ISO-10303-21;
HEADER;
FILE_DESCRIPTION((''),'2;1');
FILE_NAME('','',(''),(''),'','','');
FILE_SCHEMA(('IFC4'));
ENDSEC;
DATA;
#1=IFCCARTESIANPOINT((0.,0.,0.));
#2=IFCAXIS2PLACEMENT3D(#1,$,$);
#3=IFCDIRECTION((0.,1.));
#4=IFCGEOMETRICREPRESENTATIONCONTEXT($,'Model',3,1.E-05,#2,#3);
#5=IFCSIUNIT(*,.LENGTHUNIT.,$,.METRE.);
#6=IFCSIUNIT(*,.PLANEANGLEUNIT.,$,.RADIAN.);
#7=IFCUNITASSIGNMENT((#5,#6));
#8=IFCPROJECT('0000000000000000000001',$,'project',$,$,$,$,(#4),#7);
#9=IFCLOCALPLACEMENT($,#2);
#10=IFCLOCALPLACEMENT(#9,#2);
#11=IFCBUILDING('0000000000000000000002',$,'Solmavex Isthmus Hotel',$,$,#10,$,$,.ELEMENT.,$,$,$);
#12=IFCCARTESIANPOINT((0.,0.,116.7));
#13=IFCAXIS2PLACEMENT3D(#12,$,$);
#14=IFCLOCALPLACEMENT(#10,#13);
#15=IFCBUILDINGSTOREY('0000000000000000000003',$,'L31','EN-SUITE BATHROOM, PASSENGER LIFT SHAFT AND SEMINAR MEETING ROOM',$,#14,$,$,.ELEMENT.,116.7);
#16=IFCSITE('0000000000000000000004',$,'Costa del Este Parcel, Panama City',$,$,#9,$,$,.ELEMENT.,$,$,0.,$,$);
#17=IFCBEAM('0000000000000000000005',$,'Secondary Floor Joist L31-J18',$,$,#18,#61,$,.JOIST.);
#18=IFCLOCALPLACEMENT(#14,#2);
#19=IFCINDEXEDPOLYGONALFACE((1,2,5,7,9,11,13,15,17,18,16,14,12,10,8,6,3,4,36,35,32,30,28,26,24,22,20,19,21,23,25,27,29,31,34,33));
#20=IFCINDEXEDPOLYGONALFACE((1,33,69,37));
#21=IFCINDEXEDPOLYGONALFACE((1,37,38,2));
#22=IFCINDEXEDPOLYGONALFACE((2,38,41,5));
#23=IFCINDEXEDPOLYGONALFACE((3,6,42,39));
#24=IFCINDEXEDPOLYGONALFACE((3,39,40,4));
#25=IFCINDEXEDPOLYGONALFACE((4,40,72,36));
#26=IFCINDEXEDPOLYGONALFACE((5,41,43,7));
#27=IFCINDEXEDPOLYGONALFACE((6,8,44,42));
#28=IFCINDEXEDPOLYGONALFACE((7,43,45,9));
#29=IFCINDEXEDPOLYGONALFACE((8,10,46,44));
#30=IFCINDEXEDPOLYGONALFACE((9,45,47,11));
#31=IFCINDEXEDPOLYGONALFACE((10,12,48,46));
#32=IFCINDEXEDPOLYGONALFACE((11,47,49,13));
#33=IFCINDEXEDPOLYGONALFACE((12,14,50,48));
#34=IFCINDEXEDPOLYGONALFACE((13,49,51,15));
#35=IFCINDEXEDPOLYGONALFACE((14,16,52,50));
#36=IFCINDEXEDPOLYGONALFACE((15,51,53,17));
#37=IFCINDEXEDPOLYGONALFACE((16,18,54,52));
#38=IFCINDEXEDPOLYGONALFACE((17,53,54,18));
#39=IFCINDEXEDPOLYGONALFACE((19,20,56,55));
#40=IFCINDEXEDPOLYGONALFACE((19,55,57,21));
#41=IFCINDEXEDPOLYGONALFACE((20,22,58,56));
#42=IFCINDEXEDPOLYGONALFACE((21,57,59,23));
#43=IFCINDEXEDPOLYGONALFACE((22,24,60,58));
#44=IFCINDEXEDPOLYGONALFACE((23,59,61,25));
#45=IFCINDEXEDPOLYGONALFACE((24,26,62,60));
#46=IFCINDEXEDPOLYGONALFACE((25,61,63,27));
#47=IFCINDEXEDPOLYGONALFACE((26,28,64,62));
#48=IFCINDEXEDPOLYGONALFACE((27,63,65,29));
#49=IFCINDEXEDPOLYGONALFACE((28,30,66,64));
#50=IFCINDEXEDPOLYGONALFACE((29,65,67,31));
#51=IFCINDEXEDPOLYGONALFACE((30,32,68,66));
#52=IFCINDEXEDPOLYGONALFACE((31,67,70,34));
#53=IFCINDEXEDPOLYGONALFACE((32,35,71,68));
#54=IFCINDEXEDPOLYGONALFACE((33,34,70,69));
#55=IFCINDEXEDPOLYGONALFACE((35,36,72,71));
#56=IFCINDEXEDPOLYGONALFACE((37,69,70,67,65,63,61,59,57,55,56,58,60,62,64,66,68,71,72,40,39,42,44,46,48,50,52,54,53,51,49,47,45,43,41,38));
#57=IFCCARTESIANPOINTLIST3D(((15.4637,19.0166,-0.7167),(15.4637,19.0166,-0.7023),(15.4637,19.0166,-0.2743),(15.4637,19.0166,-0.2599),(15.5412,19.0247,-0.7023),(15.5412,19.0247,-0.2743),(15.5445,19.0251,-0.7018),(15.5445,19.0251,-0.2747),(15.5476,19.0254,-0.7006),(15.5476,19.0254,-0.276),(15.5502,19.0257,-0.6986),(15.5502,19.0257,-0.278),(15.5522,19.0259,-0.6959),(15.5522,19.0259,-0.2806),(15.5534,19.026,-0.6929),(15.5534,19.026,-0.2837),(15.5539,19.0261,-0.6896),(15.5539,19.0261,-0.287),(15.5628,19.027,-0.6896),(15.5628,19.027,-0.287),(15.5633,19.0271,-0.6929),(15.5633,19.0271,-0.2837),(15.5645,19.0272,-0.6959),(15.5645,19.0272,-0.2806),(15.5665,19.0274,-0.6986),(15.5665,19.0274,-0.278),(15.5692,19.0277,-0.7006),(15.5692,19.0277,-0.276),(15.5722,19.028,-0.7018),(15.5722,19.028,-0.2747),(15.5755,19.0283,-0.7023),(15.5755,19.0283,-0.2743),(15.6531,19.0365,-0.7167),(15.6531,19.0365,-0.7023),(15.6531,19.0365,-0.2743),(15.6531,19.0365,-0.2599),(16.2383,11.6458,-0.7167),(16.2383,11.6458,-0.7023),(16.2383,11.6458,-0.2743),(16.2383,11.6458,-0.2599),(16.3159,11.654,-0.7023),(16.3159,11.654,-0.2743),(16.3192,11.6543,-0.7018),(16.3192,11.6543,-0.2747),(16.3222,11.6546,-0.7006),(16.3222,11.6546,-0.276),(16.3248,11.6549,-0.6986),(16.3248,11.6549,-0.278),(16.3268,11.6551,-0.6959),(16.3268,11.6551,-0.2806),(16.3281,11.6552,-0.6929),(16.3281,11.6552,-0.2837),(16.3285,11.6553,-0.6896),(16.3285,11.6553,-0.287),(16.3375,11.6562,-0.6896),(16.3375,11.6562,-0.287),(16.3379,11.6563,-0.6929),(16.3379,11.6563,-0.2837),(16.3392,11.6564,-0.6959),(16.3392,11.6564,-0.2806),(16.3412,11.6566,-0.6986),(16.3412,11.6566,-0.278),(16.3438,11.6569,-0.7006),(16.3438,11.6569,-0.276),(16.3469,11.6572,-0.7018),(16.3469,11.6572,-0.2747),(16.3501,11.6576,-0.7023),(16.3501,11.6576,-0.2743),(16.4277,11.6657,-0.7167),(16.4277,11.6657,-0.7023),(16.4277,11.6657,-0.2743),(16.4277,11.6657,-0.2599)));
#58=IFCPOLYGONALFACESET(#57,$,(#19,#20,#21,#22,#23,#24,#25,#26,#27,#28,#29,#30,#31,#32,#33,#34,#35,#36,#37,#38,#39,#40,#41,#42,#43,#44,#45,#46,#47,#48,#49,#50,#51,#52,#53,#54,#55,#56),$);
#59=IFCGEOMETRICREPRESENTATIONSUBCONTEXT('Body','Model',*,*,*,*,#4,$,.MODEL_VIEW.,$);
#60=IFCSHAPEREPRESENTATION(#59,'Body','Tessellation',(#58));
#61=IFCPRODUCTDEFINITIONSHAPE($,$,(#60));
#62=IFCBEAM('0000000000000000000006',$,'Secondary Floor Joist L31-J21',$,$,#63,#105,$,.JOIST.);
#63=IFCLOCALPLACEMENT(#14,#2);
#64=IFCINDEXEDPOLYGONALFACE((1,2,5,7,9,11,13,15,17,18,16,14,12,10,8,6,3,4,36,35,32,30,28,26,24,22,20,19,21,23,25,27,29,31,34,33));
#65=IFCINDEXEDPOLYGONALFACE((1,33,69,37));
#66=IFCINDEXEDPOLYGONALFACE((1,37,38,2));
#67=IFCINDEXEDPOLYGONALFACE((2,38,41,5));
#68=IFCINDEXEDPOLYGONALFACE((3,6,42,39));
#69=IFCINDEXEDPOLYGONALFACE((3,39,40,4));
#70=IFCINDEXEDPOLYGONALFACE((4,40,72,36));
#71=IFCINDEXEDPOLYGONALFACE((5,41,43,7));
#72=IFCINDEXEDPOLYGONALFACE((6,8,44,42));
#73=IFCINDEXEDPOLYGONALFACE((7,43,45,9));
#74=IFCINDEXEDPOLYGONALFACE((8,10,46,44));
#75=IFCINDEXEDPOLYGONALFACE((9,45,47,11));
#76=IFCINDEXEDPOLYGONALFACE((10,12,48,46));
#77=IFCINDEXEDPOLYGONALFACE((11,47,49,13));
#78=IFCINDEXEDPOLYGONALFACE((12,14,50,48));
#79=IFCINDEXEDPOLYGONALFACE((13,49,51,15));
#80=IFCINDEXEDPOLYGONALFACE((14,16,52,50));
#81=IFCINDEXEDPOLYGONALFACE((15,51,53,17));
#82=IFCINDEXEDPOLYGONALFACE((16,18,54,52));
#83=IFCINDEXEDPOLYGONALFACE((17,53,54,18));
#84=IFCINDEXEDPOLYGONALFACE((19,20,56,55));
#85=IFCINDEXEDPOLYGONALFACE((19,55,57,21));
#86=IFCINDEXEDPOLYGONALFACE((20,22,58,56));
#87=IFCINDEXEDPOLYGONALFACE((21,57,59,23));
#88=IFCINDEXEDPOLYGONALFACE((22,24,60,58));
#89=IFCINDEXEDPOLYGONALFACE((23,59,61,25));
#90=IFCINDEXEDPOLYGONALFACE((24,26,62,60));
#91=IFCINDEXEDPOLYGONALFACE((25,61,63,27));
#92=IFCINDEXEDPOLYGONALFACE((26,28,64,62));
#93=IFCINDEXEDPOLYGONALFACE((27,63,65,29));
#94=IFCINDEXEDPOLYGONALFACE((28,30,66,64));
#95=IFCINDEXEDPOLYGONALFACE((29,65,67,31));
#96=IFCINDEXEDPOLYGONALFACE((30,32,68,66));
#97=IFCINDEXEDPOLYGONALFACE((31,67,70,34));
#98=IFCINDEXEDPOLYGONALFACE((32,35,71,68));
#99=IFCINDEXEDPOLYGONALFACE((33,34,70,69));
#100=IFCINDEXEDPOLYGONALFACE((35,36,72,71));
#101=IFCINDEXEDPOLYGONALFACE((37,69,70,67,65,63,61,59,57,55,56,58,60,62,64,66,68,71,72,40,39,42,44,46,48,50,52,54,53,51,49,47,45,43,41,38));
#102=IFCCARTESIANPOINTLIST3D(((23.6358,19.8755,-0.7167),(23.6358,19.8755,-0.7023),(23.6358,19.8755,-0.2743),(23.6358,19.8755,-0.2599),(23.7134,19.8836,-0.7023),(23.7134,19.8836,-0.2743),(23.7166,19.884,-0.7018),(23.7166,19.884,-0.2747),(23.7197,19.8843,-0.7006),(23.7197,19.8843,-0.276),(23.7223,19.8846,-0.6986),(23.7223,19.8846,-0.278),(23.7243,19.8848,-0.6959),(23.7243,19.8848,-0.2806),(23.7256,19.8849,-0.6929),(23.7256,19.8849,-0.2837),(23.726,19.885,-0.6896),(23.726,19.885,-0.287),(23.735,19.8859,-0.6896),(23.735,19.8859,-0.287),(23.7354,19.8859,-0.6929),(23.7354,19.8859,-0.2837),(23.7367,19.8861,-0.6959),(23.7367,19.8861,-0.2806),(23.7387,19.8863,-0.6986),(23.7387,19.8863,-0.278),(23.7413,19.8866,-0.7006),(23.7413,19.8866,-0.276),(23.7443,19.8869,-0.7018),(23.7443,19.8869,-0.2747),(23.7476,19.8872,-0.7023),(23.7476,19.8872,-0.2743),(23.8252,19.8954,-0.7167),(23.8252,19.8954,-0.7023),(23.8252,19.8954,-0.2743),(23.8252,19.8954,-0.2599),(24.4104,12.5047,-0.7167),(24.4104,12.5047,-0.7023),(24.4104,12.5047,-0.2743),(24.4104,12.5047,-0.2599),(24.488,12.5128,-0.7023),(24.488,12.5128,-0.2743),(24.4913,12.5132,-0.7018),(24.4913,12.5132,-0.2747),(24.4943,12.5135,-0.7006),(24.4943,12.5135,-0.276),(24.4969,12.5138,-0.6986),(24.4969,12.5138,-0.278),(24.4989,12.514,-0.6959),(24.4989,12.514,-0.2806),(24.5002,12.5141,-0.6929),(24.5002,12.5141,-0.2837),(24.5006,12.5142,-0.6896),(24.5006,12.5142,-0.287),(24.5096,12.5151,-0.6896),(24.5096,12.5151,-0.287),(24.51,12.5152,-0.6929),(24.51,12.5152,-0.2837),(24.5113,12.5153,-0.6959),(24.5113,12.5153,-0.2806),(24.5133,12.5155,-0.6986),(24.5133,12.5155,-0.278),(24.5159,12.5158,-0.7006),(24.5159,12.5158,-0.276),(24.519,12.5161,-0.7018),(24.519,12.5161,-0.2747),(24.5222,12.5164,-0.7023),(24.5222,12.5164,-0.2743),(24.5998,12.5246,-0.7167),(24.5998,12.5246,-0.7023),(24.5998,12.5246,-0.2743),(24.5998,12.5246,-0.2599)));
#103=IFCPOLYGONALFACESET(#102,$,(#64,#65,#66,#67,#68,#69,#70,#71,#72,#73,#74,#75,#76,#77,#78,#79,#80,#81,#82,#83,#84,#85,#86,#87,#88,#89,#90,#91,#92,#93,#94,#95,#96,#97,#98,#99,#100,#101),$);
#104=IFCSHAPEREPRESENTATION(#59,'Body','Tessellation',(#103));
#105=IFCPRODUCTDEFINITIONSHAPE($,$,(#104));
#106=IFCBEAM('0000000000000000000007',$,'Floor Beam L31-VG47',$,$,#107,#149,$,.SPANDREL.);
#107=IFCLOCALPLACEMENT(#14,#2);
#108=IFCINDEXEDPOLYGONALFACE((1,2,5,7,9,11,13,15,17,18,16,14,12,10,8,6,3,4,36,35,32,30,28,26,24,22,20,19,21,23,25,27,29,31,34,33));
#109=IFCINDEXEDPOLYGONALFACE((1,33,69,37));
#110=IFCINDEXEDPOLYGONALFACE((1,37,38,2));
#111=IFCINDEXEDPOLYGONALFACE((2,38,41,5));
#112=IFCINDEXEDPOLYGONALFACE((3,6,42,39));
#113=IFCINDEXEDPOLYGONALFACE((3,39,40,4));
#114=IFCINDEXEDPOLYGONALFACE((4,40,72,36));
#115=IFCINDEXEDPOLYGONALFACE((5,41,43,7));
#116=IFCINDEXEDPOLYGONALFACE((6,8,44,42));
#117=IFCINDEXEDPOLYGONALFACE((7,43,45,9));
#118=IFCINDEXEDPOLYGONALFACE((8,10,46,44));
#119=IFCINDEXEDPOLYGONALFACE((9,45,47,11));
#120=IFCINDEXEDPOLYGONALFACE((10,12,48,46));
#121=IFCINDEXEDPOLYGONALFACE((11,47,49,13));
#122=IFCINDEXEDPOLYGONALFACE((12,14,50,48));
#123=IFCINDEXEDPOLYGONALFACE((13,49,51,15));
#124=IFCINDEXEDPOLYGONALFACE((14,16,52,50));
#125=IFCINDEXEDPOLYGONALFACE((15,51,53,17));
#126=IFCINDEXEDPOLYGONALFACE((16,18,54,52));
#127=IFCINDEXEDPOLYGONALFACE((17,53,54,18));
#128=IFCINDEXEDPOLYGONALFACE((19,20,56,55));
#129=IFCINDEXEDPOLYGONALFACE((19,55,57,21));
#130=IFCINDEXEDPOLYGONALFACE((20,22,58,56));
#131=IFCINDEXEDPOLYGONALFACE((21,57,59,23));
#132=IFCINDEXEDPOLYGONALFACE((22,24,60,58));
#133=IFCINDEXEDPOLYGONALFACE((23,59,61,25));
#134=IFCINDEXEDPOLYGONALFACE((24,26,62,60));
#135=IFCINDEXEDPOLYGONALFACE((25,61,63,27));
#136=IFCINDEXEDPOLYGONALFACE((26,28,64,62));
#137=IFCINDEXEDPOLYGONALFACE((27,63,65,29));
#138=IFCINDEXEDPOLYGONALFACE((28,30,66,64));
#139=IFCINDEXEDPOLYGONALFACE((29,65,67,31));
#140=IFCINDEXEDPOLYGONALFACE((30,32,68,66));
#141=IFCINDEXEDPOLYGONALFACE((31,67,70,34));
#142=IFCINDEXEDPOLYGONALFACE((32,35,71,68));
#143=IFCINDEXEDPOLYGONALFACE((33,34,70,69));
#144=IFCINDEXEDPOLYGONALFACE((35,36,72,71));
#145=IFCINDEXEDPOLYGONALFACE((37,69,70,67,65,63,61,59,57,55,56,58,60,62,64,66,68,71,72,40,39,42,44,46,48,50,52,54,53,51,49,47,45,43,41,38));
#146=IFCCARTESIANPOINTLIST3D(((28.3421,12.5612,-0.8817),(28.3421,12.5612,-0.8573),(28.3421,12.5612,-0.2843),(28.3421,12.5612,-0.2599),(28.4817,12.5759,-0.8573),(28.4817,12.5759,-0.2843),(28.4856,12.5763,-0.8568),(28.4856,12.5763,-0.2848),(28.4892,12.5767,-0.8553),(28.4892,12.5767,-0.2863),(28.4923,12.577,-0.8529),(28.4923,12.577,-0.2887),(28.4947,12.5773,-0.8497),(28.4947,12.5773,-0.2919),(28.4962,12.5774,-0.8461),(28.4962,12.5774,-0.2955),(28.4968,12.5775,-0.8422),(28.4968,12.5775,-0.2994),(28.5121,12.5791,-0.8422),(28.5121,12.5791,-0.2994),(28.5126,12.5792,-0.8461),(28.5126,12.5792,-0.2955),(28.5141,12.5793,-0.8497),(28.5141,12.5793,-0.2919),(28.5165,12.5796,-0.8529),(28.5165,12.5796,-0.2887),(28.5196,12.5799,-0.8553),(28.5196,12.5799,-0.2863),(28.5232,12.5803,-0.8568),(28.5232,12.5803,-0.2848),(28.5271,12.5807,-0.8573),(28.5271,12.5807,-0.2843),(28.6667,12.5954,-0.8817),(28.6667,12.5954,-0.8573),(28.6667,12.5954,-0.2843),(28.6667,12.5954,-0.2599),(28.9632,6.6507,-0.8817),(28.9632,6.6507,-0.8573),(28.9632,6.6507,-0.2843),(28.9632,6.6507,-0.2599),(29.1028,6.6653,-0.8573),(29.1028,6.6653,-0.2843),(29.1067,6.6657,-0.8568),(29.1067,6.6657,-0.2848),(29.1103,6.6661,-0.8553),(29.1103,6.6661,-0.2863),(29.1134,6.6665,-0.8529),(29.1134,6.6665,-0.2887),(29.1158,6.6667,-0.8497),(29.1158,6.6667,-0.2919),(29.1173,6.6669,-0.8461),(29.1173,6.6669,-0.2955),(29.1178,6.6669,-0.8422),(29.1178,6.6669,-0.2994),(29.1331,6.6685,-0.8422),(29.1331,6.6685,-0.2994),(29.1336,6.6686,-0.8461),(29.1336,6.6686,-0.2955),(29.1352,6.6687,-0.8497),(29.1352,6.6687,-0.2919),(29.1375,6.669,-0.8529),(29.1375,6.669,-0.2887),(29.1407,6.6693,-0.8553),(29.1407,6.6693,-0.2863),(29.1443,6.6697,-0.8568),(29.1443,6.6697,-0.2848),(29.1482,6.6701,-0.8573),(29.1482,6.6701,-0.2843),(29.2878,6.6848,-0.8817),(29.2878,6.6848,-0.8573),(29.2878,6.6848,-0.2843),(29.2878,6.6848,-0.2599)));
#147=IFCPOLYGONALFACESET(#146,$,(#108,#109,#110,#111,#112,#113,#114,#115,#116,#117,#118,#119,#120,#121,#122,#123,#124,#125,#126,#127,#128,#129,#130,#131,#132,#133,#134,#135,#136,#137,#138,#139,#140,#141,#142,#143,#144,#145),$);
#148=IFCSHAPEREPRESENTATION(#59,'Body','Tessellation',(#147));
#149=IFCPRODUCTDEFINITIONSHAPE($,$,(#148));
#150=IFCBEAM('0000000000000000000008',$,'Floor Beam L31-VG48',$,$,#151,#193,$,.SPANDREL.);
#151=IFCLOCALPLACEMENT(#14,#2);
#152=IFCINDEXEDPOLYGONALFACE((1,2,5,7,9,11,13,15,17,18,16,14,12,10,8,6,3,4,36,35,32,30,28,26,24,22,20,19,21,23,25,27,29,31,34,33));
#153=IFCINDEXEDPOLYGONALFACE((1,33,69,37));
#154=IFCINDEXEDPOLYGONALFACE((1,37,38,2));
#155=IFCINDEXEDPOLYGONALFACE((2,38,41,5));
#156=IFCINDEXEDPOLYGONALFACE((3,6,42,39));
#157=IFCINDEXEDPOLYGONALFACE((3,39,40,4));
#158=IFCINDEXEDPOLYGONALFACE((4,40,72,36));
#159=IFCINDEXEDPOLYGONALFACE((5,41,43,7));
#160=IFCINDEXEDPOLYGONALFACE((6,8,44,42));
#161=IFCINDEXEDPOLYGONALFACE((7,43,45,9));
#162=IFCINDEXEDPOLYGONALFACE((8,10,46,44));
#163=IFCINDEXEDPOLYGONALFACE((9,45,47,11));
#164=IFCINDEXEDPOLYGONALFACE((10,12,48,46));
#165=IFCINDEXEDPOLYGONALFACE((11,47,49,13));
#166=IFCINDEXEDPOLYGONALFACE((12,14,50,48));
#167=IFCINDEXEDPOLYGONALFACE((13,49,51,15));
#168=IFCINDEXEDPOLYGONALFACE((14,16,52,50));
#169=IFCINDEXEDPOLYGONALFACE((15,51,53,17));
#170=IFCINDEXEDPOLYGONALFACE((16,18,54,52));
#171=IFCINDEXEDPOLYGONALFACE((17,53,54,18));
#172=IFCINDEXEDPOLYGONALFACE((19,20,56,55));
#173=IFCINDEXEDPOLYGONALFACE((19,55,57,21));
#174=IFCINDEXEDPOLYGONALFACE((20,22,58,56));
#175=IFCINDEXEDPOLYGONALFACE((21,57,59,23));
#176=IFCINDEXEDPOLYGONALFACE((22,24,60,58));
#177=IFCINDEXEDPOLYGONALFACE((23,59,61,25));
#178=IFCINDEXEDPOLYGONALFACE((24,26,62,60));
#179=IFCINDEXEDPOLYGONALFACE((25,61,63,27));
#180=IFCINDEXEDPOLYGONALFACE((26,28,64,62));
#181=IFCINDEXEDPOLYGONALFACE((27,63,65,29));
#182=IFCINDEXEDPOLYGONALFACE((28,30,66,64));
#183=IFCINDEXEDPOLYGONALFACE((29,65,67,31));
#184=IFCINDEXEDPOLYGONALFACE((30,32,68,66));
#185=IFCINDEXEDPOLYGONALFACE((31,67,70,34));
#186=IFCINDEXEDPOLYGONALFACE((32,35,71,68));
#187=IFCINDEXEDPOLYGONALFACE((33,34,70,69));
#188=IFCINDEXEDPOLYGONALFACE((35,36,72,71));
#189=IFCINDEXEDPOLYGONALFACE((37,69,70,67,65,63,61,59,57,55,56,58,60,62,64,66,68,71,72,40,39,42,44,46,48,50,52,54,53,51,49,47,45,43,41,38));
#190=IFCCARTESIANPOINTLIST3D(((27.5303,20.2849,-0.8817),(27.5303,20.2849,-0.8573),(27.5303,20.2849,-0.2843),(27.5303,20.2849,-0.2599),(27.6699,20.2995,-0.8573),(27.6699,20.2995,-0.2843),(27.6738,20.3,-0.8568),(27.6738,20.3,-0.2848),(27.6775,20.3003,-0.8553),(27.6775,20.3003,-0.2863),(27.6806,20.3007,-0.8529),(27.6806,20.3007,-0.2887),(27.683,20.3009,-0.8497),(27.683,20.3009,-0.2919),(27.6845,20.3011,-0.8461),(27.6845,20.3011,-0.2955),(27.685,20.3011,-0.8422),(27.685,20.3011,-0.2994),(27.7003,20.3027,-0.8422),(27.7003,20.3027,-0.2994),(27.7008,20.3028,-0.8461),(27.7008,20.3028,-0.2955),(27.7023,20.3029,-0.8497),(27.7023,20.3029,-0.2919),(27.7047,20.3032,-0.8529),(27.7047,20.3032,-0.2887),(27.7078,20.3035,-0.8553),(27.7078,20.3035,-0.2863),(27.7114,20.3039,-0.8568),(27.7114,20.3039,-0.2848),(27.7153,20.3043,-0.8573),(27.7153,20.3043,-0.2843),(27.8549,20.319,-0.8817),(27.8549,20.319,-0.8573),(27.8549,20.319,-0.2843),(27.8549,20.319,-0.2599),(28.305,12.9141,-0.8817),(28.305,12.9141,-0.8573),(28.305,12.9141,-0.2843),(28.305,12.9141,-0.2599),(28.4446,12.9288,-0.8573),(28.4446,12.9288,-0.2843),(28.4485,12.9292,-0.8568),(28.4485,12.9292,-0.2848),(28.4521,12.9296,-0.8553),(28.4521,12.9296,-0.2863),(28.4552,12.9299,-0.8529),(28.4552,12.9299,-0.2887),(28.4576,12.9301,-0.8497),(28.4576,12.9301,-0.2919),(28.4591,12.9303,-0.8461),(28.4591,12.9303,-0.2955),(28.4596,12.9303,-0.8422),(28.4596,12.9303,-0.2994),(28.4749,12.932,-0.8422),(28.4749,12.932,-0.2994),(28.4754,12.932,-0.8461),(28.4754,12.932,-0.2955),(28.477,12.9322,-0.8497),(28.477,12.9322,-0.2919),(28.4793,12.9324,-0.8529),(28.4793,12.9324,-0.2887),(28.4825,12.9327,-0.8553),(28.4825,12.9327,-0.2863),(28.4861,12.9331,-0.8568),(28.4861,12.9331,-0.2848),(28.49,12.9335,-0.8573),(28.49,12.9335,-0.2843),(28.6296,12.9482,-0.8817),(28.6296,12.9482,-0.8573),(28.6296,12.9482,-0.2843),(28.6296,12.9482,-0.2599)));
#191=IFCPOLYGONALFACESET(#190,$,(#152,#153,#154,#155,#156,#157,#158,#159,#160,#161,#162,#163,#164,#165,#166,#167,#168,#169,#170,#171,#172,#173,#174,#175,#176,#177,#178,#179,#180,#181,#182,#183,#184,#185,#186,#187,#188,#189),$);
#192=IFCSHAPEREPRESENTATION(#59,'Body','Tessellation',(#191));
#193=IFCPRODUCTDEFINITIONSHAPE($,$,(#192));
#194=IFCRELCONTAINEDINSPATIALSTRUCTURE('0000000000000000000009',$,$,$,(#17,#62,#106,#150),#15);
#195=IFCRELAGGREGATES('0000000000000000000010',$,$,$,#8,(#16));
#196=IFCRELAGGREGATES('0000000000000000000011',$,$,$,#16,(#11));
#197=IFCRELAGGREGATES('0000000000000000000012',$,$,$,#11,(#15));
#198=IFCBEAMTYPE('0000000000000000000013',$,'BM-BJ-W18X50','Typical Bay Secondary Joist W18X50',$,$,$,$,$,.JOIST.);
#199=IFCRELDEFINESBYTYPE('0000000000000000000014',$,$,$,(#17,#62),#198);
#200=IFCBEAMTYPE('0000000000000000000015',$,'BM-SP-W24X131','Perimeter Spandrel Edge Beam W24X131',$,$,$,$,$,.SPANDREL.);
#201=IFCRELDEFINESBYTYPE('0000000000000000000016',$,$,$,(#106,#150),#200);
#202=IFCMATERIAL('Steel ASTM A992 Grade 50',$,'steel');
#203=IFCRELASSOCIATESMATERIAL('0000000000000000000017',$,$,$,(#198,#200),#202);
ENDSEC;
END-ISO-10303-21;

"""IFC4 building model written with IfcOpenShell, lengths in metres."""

from ifc_helpers import new_model, si_unit, direction, frame, origin, origin_2d, place, context, subcontext, project, spatial, i_section, extrude, material, material_profile, profile_set, type_object, element, save


model = new_model("IFC4")

# Units and contexts
model_context = context("Model", 3, precision=1e-05, world=origin(), true_north=direction((0.0, 1.0)))
body_context = subcontext(model_context, "Body", "Model", "MODEL_VIEW")
ifc_project = project(units=[si_unit("LENGTHUNIT", "METRE"), si_unit("PLANEANGLEUNIT", "RADIAN")], contexts=[model_context])

# Site, building, storey
site_placement = place(None, origin())
site = spatial("IfcSite", under=ifc_project, at=site_placement, Name="Costa del Este Parcel, Panama City", CompositionType="ELEMENT", RefElevation=0.0)
building_placement = place(site_placement, origin())
building = spatial("IfcBuilding", under=site, at=building_placement, Name="Solmavex Isthmus Hotel", CompositionType="ELEMENT")
storey_placement = place(building_placement, frame((0.0, 0.0, 116.7)))
storey = spatial("IfcBuildingStorey", under=building, at=storey_placement, Name="L31", Description="EN-SUITE BATHROOM, PASSENGER LIFT SHAFT AND SEMINAR MEETING ROOM", CompositionType="ELEMENT", Elevation=116.7)

# Beams
ifc_material_1 = material(Name="Steel ASTM A992 Grade 50", Category="steel")
ifc_material_profile_1 = material_profile(ifc_material_1, i_section(OverallWidth=0.1904, OverallDepth=0.4568, WebThickness=0.009, FlangeThickness=0.0144, FilletRadius=0.0127, at=origin_2d()), Name="W18X50")
ifc_profile_set_1 = profile_set([ifc_material_profile_1], Name="Steel ASTM A992 Grade 50")
beam_type_1 = type_object("IfcBeamType", Name="BM-BJ-W18X50", Description="Typical Bay Secondary Joist W18X50", PredefinedType="JOIST", material=ifc_profile_set_1)
for number, where, z_axis, x_axis, name in (
    (1, (16.333, 11.6558, -0.4883), (-0.104522, 0.994523, 0.0), (-0.994523, -0.104522, 0.0), "Secondary Floor Joist L31-J18"),
    (2, (24.5051, 12.5146, -0.4883), (-0.104522, 0.994523, 0.0), (-0.994523, -0.104522, 0.0), "Secondary Floor Joist L31-J21"),
):
    element("IfcBeam", number, at=place(storey_placement, frame(where, z_axis=z_axis, x_axis=x_axis)), inside=storey, type_object=beam_type_1, Name=name, PredefinedType="JOIST", context=body_context, shape_type="SweptSolid", body=[
        extrude(i_section(OverallWidth=0.1904, OverallDepth=0.4568, WebThickness=0.009, FlangeThickness=0.0144, FilletRadius=0.0127, at=origin_2d()), origin(), (0.0, 0.0, 1.0), 7.4114),
    ])
ifc_material_profile_2 = material_profile(ifc_material_1, i_section(OverallWidth=0.3264, OverallDepth=0.6218, WebThickness=0.0154, FlangeThickness=0.0244, FilletRadius=0.0151, at=origin_2d()), Name="W24X131")
ifc_profile_set_2 = profile_set([ifc_material_profile_2], Name="Steel ASTM A992 Grade 50")
beam_type_2 = type_object("IfcBeamType", Name="BM-SP-W24X131", Description="Perimeter Spandrel Edge Beam W24X131", PredefinedType="SPANDREL", material=ifc_profile_set_2)
beam_1_placement = place(storey_placement, frame((29.1255, 6.6677, -0.5708), z_axis=(-0.104505, 0.994524, 0.0), x_axis=(-0.994524, -0.104505, 0.0)))
element("IfcBeam", 3, at=beam_1_placement, inside=storey, type_object=beam_type_2, Name="Floor Beam L31-VG47", PredefinedType="SPANDREL", context=body_context, shape_type="SweptSolid", body=[
    extrude(i_section(OverallWidth=0.3264, OverallDepth=0.6218, WebThickness=0.0154, FlangeThickness=0.0244, FilletRadius=0.0151, at=origin_2d()), origin(), (0.0, 0.0, 1.0), 5.9431),
])
beam_2_placement = place(storey_placement, frame((28.4673, 12.9312, -0.5708), z_axis=(-0.104522, 0.994523, 0.0), x_axis=(-0.994523, -0.104522, 0.0)))
element("IfcBeam", 4, at=beam_2_placement, inside=storey, type_object=beam_type_2, Name="Floor Beam L31-VG48", PredefinedType="SPANDREL", context=body_context, shape_type="SweptSolid", body=[
    extrude(i_section(OverallWidth=0.3264, OverallDepth=0.6218, WebThickness=0.0154, FlangeThickness=0.0244, FilletRadius=0.0151, at=origin_2d()), origin(), (0.0, 0.0, 1.0), 7.4114),
])

save(model, "model.ifc")
